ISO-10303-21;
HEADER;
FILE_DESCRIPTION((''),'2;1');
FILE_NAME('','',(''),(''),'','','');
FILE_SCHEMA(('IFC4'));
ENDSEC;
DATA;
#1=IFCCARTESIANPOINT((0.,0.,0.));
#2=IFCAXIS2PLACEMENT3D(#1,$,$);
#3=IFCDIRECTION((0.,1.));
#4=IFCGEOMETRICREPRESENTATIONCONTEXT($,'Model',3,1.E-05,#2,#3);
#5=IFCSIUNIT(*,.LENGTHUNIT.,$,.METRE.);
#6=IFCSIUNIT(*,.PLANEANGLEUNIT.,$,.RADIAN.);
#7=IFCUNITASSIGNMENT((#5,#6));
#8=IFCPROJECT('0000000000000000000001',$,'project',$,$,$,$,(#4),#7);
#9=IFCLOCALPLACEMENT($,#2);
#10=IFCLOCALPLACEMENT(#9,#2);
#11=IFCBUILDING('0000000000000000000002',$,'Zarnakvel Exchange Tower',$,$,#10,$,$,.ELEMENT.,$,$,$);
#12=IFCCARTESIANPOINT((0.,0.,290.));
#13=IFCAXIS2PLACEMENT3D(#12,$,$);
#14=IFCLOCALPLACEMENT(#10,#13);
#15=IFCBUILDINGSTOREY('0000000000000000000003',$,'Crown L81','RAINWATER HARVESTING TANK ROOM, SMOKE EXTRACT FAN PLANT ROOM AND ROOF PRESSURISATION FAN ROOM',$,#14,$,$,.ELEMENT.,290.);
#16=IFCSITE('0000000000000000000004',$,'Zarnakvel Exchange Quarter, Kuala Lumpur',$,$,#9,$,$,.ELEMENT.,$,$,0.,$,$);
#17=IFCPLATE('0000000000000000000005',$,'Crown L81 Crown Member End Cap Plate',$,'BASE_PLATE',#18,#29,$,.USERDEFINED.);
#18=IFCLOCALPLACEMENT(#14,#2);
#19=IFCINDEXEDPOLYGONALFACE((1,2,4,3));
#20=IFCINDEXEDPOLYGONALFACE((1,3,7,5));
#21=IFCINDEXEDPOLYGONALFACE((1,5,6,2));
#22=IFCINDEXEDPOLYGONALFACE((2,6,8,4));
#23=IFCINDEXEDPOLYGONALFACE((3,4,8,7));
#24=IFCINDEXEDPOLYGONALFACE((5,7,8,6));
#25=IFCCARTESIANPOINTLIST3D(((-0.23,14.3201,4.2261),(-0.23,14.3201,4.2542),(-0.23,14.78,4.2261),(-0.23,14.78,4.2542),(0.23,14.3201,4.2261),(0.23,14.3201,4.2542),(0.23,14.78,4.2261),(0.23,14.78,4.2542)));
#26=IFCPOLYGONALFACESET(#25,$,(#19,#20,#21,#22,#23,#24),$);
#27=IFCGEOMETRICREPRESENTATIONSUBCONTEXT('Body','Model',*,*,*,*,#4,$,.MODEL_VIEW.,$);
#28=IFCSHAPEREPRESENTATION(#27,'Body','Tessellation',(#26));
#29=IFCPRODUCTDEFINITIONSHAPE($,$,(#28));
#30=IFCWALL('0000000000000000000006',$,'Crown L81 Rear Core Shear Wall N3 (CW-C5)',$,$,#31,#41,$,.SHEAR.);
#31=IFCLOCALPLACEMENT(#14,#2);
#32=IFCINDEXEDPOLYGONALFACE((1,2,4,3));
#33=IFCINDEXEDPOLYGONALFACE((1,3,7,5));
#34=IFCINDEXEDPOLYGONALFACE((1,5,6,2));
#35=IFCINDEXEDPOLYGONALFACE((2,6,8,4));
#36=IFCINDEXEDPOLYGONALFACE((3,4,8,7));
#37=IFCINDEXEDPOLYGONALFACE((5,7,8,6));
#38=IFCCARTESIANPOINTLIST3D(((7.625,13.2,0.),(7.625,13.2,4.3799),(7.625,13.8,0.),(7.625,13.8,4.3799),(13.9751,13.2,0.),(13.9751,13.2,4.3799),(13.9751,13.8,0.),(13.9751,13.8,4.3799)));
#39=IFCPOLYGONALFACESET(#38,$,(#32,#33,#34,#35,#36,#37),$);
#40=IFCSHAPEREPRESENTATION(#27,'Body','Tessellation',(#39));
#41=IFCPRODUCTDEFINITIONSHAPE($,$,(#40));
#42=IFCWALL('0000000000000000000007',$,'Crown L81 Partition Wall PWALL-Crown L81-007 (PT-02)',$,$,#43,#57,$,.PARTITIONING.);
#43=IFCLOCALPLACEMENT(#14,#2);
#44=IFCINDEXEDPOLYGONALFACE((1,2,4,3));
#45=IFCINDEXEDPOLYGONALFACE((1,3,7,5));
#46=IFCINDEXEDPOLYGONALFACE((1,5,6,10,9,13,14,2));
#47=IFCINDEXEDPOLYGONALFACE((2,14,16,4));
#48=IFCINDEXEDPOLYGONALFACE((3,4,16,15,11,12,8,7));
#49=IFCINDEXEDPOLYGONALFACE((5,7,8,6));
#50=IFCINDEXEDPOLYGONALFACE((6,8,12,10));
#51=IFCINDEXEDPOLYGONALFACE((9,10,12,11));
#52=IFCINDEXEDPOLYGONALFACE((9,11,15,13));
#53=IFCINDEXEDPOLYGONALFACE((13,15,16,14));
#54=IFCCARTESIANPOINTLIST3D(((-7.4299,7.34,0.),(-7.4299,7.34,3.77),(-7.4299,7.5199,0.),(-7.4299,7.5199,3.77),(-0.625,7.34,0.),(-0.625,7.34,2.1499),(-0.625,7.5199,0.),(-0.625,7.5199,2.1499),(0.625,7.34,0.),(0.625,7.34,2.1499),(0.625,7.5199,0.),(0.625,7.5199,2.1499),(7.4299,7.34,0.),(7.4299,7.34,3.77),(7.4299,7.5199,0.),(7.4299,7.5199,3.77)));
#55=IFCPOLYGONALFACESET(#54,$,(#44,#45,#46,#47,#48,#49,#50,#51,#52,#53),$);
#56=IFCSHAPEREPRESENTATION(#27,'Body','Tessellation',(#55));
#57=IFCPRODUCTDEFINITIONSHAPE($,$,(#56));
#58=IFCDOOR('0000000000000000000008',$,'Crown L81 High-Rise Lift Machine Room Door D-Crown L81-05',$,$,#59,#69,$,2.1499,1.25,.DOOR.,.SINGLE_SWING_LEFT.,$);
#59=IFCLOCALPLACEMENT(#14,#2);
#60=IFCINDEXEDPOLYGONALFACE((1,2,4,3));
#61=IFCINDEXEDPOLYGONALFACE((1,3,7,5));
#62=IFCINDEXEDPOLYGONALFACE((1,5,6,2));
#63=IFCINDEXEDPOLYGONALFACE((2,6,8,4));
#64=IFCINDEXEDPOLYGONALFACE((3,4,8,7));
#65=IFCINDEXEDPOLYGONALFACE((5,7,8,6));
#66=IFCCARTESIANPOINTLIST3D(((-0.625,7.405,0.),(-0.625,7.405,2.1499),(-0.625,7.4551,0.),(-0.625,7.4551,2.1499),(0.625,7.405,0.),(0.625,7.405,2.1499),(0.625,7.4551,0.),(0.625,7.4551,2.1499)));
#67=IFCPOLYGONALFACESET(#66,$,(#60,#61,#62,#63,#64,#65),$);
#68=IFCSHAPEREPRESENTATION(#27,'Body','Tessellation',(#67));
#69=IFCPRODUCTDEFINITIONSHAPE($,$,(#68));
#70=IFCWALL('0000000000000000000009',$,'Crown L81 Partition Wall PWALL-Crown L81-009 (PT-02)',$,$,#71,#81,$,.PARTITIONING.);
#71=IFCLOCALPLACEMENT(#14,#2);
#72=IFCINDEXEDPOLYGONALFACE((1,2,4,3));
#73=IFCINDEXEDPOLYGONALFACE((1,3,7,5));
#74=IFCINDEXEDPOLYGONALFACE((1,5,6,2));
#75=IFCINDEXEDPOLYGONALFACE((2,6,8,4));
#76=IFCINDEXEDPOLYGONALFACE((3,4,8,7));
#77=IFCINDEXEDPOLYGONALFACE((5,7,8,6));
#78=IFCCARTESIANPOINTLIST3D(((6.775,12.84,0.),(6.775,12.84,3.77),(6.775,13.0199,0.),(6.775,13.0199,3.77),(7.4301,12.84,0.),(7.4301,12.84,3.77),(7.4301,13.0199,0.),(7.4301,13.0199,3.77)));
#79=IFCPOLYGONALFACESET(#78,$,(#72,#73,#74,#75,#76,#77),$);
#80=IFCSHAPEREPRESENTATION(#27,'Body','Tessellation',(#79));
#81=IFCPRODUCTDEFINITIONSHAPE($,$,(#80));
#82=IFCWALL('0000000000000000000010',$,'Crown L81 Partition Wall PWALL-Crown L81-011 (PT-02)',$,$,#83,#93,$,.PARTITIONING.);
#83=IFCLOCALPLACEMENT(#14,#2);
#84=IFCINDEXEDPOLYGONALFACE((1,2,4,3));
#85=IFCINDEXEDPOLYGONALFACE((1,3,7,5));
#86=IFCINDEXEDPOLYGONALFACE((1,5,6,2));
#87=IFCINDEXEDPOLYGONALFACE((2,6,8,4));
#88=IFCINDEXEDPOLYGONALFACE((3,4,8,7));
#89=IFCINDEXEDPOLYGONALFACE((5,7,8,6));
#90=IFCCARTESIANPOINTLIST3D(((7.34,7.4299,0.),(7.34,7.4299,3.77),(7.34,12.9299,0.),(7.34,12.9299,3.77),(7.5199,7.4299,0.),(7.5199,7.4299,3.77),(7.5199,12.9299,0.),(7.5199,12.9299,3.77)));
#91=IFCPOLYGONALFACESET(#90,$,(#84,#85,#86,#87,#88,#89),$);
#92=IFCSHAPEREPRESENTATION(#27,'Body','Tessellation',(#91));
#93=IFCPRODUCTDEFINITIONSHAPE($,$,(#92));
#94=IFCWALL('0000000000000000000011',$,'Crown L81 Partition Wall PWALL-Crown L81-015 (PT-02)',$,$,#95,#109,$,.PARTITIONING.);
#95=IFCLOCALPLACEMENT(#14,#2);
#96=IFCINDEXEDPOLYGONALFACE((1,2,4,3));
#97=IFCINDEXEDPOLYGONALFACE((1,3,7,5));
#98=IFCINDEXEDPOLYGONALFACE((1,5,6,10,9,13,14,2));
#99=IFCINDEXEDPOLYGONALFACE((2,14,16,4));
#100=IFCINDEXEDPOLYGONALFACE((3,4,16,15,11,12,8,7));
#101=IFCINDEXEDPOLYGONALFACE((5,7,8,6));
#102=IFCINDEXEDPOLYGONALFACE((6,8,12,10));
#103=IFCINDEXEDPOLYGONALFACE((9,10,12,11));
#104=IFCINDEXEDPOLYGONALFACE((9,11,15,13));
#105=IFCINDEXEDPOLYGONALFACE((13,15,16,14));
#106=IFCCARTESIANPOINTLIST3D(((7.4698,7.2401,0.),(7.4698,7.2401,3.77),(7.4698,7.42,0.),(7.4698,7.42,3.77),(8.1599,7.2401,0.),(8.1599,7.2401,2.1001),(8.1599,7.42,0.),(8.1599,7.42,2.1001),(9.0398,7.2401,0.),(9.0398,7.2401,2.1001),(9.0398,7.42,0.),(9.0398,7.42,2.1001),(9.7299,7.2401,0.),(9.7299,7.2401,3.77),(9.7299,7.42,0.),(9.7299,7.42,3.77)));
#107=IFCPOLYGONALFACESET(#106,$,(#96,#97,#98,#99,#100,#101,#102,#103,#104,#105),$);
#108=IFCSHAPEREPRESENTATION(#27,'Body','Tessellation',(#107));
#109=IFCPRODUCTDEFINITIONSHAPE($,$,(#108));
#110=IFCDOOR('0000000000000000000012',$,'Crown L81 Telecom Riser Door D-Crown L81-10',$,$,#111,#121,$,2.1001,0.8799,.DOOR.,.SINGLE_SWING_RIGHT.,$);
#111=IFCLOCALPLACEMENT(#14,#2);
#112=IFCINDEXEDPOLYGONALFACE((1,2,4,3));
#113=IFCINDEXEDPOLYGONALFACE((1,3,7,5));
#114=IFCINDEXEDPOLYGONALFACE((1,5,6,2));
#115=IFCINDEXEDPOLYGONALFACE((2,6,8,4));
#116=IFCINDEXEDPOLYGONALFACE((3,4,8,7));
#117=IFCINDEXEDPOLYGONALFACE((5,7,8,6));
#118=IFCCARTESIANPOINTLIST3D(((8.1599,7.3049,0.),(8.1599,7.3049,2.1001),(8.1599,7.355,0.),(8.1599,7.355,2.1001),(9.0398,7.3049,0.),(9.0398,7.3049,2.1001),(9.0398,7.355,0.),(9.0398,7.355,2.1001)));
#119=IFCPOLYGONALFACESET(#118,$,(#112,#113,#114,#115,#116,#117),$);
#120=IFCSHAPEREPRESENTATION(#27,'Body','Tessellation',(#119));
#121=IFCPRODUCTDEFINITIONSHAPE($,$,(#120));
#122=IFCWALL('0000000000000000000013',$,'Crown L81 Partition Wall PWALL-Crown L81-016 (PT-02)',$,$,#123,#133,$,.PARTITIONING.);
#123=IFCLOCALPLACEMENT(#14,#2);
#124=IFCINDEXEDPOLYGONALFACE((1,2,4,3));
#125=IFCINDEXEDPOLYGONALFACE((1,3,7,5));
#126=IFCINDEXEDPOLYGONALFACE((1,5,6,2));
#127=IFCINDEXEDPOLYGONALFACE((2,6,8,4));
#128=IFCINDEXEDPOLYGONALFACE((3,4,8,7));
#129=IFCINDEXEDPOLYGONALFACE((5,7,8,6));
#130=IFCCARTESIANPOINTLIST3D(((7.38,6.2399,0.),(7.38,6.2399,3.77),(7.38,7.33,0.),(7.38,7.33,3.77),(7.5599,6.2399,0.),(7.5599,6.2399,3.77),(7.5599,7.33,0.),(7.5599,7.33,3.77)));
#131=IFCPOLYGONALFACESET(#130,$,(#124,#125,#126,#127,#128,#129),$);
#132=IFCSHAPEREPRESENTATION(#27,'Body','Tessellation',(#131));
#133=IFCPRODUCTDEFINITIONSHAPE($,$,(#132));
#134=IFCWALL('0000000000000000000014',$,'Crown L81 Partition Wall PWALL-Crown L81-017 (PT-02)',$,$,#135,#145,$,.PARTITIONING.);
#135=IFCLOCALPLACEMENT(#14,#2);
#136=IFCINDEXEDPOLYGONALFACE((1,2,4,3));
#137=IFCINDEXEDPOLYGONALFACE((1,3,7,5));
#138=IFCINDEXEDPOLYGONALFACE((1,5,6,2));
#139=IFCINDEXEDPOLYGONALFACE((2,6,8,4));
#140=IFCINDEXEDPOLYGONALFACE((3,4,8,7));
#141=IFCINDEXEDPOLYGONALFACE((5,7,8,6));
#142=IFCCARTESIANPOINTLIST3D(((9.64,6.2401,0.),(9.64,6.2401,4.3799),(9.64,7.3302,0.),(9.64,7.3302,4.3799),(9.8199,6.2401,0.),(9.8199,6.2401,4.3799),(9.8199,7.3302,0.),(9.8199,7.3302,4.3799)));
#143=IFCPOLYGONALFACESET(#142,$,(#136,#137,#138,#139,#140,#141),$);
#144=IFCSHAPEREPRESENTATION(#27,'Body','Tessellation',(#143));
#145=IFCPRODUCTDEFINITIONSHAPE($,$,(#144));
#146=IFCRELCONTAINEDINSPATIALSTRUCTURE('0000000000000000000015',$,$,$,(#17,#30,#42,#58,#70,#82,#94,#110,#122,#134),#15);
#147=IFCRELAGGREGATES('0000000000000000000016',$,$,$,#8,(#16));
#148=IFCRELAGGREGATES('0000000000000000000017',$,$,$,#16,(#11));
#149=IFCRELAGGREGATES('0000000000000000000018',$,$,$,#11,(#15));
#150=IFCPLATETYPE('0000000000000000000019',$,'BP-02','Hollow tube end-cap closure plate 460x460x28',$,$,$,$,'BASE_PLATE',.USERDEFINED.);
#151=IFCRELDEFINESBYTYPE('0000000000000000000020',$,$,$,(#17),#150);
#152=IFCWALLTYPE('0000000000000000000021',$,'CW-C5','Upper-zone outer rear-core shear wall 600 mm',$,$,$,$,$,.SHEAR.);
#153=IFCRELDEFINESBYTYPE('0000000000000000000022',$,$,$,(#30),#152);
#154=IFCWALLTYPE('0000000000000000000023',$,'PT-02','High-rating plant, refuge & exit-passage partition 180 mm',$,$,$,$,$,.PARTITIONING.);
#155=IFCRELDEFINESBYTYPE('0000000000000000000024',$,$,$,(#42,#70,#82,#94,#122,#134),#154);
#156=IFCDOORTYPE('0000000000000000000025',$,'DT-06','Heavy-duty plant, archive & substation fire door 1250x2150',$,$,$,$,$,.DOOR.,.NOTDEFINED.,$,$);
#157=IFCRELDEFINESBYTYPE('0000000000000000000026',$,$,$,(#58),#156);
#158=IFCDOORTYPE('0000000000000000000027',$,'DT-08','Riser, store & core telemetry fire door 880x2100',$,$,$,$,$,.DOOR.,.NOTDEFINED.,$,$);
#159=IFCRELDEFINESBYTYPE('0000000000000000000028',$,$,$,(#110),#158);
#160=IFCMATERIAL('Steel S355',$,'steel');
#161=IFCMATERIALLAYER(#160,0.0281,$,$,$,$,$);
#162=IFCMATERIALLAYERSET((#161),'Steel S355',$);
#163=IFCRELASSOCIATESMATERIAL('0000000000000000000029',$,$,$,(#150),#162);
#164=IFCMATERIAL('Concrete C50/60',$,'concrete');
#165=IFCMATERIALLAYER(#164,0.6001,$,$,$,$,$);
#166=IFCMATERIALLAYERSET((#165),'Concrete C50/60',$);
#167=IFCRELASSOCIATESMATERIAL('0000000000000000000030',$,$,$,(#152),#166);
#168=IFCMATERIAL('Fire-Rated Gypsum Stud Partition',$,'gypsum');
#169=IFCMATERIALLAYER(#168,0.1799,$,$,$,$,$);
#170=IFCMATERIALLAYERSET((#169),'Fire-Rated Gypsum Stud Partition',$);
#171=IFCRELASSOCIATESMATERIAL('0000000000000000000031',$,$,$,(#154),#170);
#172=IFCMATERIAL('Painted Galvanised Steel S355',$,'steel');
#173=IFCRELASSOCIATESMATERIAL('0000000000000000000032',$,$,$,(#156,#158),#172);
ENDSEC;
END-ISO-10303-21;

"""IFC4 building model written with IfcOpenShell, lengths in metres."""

from ifc_helpers import new_model, si_unit, direction, frame, frame_2d, origin, origin_2d, place, context, subcontext, project, spatial, rectangle, extrude, source, transform, mapped, material, layer, layer_set, type_object, element, fill, save


model = new_model("IFC4")

# Units and contexts
model_context = context("Model", 3, precision=1e-05, world=origin(), true_north=direction((0.0, 1.0)))
body_context = subcontext(model_context, "Body", "Model", "MODEL_VIEW")
ifc_project = project(units=[si_unit("LENGTHUNIT", "METRE"), si_unit("PLANEANGLEUNIT", "RADIAN")], contexts=[model_context])

# Site, building, storey
site_placement = place(None, origin())
site = spatial("IfcSite", under=ifc_project, at=site_placement, Name="Zarnakvel Exchange Quarter, Kuala Lumpur", CompositionType="ELEMENT", RefElevation=0.0)
building_placement = place(site_placement, origin())
building = spatial("IfcBuilding", under=site, at=building_placement, Name="Zarnakvel Exchange Tower", CompositionType="ELEMENT")
storey_placement = place(building_placement, frame((0.0, 0.0, 290.0)))
storey = spatial("IfcBuildingStorey", under=building, at=storey_placement, Name="Crown L81", Description="RAINWATER HARVESTING TANK ROOM, SMOKE EXTRACT FAN PLANT ROOM AND ROOF PRESSURISATION FAN ROOM", CompositionType="ELEMENT", Elevation=290.0)

# Shared definitions
ifc_material_1 = material(Name="Concrete C50/60", Category="concrete")
ifc_material_2 = material(Name="Steel S355", Category="steel")

# Plate
ifc_layer_1 = layer(ifc_material_2, 0.0281)
ifc_layer_set_1 = layer_set([ifc_layer_1], Name="Steel S355")
plate_type = type_object("IfcPlateType", Name="BP-02", Description="Hollow tube end-cap closure plate 460x460x28", ElementType="BASE_PLATE", PredefinedType="USERDEFINED", material=ifc_layer_set_1)
shared_shape_1 = source(origin(), body_context, "Body", "SweptSolid", [
    extrude(rectangle(XDim=0.46, YDim=0.46, at=origin_2d()), origin(), (0.0, 0.0, 1.0), 0.0281),
])
plate_placement = place(storey_placement, frame((0.0, 14.55, 4.2261), z_axis=(0.0, 0.0, 1.0), x_axis=(1.0, 0.0, 0.0)))
element("IfcPlate", 1, at=plate_placement, inside=storey, type_object=plate_type, Name="Crown L81 Crown Member End Cap Plate", ObjectType="BASE_PLATE", PredefinedType="USERDEFINED", context=body_context, shape_type="MappedRepresentation", body=[
    mapped(shared_shape_1, transform((0.0, 0.0, 0.0), x_axis=(1.0, 0.0, 0.0), y_axis=(0.0, 1.0, 0.0), z_axis=(0.0, 0.0, 1.0), scale=1.0)),
])

# Wall
ifc_layer_2 = layer(ifc_material_1, 0.6001)
ifc_layer_set_2 = layer_set([ifc_layer_2], Name="Concrete C50/60")
wall_type_1 = type_object("IfcWallType", Name="CW-C5", Description="Upper-zone outer rear-core shear wall 600 mm", PredefinedType="SHEAR", material=ifc_layer_set_2)
wall_1_placement = place(storey_placement, frame((7.625, 13.5, 0.0), z_axis=(0.0, 0.0, 1.0), x_axis=(1.0, 0.0, 0.0)))
element("IfcWall", 2, at=wall_1_placement, inside=storey, type_object=wall_type_1, Name="Crown L81 Rear Core Shear Wall N3 (CW-C5)", PredefinedType="SHEAR", context=body_context, shape_type="SweptSolid", body=[
    extrude(rectangle(XDim=6.3501, YDim=0.6001, at=frame_2d((3.175, 0.0))), origin(), (0.0, 0.0, 1.0), 4.3799),
])

# Wall, opening, door
ifc_material_3 = material(Name="Fire-Rated Gypsum Stud Partition", Category="gypsum")
ifc_layer_3 = layer(ifc_material_3, 0.1799)
ifc_layer_set_3 = layer_set([ifc_layer_3], Name="Fire-Rated Gypsum Stud Partition")
wall_type_2 = type_object("IfcWallType", Name="PT-02", Description="High-rating plant, refuge & exit-passage partition 180 mm", PredefinedType="PARTITIONING", material=ifc_layer_set_3)
wall_2_placement = place(storey_placement, frame((7.4299, 7.4299, 0.0), z_axis=(0.0, 0.0, 1.0), x_axis=(-1.0, 0.0, 0.0)))
wall_2 = element("IfcWall", 3, at=wall_2_placement, inside=storey, type_object=wall_type_2, Name="Crown L81 Partition Wall PWALL-Crown L81-007 (PT-02)", PredefinedType="PARTITIONING", context=body_context, shape_type="SweptSolid", body=[
    extrude(rectangle(XDim=14.8599, YDim=0.1799, at=frame_2d((7.4299, 0.0))), origin(), (0.0, 0.0, 1.0), 3.77),
])
opening_1_placement = place(wall_2_placement, frame((6.8049, 0.0, 0.0)))
opening_1 = element("IfcOpeningElement", 4, at=opening_1_placement, cuts=wall_2, PredefinedType="OPENING", context=body_context, shape_type="SweptSolid", body=[
    extrude(rectangle(XDim=1.25, YDim=2.1499, at=frame_2d((0.625, 1.075))), frame((0.0, 0.0999, 0.0), z_axis=(0.0, -1.0, 0.0), x_axis=(1.0, 0.0, 0.0)), (0.0, 0.0, 1.0), 0.2),
])
ifc_material_4 = material(Name="Painted Galvanised Steel S355", Category="steel")
door_type_1 = type_object("IfcDoorType", Name="DT-06", Description="Heavy-duty plant, archive & substation fire door 1250x2150", OperationType="NOTDEFINED", PredefinedType="DOOR", material=ifc_material_4)
shared_shape_2 = source(origin(), body_context, "Body", "SweptSolid", [
    extrude(rectangle(XDim=1.25, YDim=2.1499, at=frame_2d((0.625, 1.075))), frame((0.0, 0.0249, 0.0), z_axis=(0.0, -1.0, 0.0), x_axis=(1.0, 0.0, 0.0)), (0.0, 0.0, 1.0), 0.05),
])
door_1_placement = place(opening_1_placement, origin())
door_1 = element("IfcDoor", 5, at=door_1_placement, inside=storey, type_object=door_type_1, Name="Crown L81 High-Rise Lift Machine Room Door D-Crown L81-05", OperationType="SINGLE_SWING_LEFT", OverallHeight=2.1499, OverallWidth=1.25, PredefinedType="DOOR", context=body_context, shape_type="MappedRepresentation", body=[
    mapped(shared_shape_2, transform((0.0, 0.0, 0.0), x_axis=(1.0, 0.0, 0.0), y_axis=(0.0, 1.0, 0.0), z_axis=(0.0, 0.0, 1.0), scale=1.0)),
])
fill(opening_1, door_1)

# Walls
wall_3_placement = place(storey_placement, frame((6.7749, 12.9299, 0.0), z_axis=(0.0, 0.0, 1.0), x_axis=(1.0, 0.0, 0.0)))
element("IfcWall", 6, at=wall_3_placement, inside=storey, type_object=wall_type_2, Name="Crown L81 Partition Wall PWALL-Crown L81-009 (PT-02)", PredefinedType="PARTITIONING", context=body_context, shape_type="SweptSolid", body=[
    extrude(rectangle(XDim=0.655, YDim=0.1799, at=frame_2d((0.3276, 0.0))), origin(), (0.0, 0.0, 1.0), 3.77),
])
wall_4_placement = place(storey_placement, frame((7.4299, 12.9299, 0.0), z_axis=(0.0, 0.0, 1.0), x_axis=(0.0, -1.0, 0.0)))
element("IfcWall", 7, at=wall_4_placement, inside=storey, type_object=wall_type_2, Name="Crown L81 Partition Wall PWALL-Crown L81-011 (PT-02)", PredefinedType="PARTITIONING", context=body_context, shape_type="SweptSolid", body=[
    extrude(rectangle(XDim=5.5, YDim=0.1799, at=frame_2d((2.75, 0.0))), origin(), (0.0, 0.0, 1.0), 3.77),
])

# Wall, opening, door
wall_5_placement = place(storey_placement, frame((7.47, 7.3301, 0.0), z_axis=(0.0, 0.0, 1.0), x_axis=(1.0, 0.0, 0.0)))
wall_5 = element("IfcWall", 8, at=wall_5_placement, inside=storey, type_object=wall_type_2, Name="Crown L81 Partition Wall PWALL-Crown L81-015 (PT-02)", PredefinedType="PARTITIONING", context=body_context, shape_type="SweptSolid", body=[
    extrude(rectangle(XDim=2.26, YDim=0.1799, at=frame_2d((1.1299, 0.0))), origin(), (0.0, 0.0, 1.0), 3.77),
])
opening_2_placement = place(wall_5_placement, frame((0.6899, 0.0, 0.0)))
opening_2 = element("IfcOpeningElement", 9, at=opening_2_placement, cuts=wall_5, PredefinedType="OPENING", context=body_context, shape_type="SweptSolid", body=[
    extrude(rectangle(XDim=0.8799, YDim=2.1001, at=frame_2d((0.4399, 1.05))), frame((0.0, 0.0999, 0.0), z_axis=(0.0, -1.0, 0.0), x_axis=(1.0, 0.0, 0.0)), (0.0, 0.0, 1.0), 0.2),
])
door_type_2 = type_object("IfcDoorType", Name="DT-08", Description="Riser, store & core telemetry fire door 880x2100", OperationType="NOTDEFINED", PredefinedType="DOOR", material=ifc_material_4)
shared_shape_3 = source(origin(), body_context, "Body", "SweptSolid", [
    extrude(rectangle(XDim=0.8799, YDim=2.1001, at=frame_2d((0.4399, 1.05))), frame((0.0, 0.0249, 0.0), z_axis=(0.0, -1.0, 0.0), x_axis=(1.0, 0.0, 0.0)), (0.0, 0.0, 1.0), 0.05),
])
door_2_placement = place(opening_2_placement, origin())
door_2 = element("IfcDoor", 10, at=door_2_placement, inside=storey, type_object=door_type_2, Name="Crown L81 Telecom Riser Door D-Crown L81-10", OperationType="SINGLE_SWING_RIGHT", OverallHeight=2.1001, OverallWidth=0.8799, PredefinedType="DOOR", context=body_context, shape_type="MappedRepresentation", body=[
    mapped(shared_shape_3, transform((0.0, 0.0, 0.0), x_axis=(1.0, 0.0, 0.0), y_axis=(0.0, 1.0, 0.0), z_axis=(0.0, 0.0, 1.0), scale=1.0)),
])
fill(opening_2, door_2)

# Walls
wall_6_placement = place(storey_placement, frame((7.47, 6.24, 0.0), z_axis=(0.0, 0.0, 1.0), x_axis=(0.0, 1.0, 0.0)))
element("IfcWall", 11, at=wall_6_placement, inside=storey, type_object=wall_type_2, Name="Crown L81 Partition Wall PWALL-Crown L81-016 (PT-02)", PredefinedType="PARTITIONING", context=body_context, shape_type="SweptSolid", body=[
    extrude(rectangle(XDim=1.0901, YDim=0.1799, at=frame_2d((0.5449, 0.0))), origin(), (0.0, 0.0, 1.0), 3.77),
])
wall_7_placement = place(storey_placement, frame((9.73, 7.3301, 0.0), z_axis=(0.0, 0.0, 1.0), x_axis=(0.0, -1.0, 0.0)))
element("IfcWall", 12, at=wall_7_placement, inside=storey, type_object=wall_type_2, Name="Crown L81 Partition Wall PWALL-Crown L81-017 (PT-02)", PredefinedType="PARTITIONING", context=body_context, shape_type="SweptSolid", body=[
    extrude(rectangle(XDim=1.0901, YDim=0.1799, at=frame_2d((0.5449, 0.0))), origin(), (0.0, 0.0, 1.0), 4.3799),
])

save(model, "model.ifc")
